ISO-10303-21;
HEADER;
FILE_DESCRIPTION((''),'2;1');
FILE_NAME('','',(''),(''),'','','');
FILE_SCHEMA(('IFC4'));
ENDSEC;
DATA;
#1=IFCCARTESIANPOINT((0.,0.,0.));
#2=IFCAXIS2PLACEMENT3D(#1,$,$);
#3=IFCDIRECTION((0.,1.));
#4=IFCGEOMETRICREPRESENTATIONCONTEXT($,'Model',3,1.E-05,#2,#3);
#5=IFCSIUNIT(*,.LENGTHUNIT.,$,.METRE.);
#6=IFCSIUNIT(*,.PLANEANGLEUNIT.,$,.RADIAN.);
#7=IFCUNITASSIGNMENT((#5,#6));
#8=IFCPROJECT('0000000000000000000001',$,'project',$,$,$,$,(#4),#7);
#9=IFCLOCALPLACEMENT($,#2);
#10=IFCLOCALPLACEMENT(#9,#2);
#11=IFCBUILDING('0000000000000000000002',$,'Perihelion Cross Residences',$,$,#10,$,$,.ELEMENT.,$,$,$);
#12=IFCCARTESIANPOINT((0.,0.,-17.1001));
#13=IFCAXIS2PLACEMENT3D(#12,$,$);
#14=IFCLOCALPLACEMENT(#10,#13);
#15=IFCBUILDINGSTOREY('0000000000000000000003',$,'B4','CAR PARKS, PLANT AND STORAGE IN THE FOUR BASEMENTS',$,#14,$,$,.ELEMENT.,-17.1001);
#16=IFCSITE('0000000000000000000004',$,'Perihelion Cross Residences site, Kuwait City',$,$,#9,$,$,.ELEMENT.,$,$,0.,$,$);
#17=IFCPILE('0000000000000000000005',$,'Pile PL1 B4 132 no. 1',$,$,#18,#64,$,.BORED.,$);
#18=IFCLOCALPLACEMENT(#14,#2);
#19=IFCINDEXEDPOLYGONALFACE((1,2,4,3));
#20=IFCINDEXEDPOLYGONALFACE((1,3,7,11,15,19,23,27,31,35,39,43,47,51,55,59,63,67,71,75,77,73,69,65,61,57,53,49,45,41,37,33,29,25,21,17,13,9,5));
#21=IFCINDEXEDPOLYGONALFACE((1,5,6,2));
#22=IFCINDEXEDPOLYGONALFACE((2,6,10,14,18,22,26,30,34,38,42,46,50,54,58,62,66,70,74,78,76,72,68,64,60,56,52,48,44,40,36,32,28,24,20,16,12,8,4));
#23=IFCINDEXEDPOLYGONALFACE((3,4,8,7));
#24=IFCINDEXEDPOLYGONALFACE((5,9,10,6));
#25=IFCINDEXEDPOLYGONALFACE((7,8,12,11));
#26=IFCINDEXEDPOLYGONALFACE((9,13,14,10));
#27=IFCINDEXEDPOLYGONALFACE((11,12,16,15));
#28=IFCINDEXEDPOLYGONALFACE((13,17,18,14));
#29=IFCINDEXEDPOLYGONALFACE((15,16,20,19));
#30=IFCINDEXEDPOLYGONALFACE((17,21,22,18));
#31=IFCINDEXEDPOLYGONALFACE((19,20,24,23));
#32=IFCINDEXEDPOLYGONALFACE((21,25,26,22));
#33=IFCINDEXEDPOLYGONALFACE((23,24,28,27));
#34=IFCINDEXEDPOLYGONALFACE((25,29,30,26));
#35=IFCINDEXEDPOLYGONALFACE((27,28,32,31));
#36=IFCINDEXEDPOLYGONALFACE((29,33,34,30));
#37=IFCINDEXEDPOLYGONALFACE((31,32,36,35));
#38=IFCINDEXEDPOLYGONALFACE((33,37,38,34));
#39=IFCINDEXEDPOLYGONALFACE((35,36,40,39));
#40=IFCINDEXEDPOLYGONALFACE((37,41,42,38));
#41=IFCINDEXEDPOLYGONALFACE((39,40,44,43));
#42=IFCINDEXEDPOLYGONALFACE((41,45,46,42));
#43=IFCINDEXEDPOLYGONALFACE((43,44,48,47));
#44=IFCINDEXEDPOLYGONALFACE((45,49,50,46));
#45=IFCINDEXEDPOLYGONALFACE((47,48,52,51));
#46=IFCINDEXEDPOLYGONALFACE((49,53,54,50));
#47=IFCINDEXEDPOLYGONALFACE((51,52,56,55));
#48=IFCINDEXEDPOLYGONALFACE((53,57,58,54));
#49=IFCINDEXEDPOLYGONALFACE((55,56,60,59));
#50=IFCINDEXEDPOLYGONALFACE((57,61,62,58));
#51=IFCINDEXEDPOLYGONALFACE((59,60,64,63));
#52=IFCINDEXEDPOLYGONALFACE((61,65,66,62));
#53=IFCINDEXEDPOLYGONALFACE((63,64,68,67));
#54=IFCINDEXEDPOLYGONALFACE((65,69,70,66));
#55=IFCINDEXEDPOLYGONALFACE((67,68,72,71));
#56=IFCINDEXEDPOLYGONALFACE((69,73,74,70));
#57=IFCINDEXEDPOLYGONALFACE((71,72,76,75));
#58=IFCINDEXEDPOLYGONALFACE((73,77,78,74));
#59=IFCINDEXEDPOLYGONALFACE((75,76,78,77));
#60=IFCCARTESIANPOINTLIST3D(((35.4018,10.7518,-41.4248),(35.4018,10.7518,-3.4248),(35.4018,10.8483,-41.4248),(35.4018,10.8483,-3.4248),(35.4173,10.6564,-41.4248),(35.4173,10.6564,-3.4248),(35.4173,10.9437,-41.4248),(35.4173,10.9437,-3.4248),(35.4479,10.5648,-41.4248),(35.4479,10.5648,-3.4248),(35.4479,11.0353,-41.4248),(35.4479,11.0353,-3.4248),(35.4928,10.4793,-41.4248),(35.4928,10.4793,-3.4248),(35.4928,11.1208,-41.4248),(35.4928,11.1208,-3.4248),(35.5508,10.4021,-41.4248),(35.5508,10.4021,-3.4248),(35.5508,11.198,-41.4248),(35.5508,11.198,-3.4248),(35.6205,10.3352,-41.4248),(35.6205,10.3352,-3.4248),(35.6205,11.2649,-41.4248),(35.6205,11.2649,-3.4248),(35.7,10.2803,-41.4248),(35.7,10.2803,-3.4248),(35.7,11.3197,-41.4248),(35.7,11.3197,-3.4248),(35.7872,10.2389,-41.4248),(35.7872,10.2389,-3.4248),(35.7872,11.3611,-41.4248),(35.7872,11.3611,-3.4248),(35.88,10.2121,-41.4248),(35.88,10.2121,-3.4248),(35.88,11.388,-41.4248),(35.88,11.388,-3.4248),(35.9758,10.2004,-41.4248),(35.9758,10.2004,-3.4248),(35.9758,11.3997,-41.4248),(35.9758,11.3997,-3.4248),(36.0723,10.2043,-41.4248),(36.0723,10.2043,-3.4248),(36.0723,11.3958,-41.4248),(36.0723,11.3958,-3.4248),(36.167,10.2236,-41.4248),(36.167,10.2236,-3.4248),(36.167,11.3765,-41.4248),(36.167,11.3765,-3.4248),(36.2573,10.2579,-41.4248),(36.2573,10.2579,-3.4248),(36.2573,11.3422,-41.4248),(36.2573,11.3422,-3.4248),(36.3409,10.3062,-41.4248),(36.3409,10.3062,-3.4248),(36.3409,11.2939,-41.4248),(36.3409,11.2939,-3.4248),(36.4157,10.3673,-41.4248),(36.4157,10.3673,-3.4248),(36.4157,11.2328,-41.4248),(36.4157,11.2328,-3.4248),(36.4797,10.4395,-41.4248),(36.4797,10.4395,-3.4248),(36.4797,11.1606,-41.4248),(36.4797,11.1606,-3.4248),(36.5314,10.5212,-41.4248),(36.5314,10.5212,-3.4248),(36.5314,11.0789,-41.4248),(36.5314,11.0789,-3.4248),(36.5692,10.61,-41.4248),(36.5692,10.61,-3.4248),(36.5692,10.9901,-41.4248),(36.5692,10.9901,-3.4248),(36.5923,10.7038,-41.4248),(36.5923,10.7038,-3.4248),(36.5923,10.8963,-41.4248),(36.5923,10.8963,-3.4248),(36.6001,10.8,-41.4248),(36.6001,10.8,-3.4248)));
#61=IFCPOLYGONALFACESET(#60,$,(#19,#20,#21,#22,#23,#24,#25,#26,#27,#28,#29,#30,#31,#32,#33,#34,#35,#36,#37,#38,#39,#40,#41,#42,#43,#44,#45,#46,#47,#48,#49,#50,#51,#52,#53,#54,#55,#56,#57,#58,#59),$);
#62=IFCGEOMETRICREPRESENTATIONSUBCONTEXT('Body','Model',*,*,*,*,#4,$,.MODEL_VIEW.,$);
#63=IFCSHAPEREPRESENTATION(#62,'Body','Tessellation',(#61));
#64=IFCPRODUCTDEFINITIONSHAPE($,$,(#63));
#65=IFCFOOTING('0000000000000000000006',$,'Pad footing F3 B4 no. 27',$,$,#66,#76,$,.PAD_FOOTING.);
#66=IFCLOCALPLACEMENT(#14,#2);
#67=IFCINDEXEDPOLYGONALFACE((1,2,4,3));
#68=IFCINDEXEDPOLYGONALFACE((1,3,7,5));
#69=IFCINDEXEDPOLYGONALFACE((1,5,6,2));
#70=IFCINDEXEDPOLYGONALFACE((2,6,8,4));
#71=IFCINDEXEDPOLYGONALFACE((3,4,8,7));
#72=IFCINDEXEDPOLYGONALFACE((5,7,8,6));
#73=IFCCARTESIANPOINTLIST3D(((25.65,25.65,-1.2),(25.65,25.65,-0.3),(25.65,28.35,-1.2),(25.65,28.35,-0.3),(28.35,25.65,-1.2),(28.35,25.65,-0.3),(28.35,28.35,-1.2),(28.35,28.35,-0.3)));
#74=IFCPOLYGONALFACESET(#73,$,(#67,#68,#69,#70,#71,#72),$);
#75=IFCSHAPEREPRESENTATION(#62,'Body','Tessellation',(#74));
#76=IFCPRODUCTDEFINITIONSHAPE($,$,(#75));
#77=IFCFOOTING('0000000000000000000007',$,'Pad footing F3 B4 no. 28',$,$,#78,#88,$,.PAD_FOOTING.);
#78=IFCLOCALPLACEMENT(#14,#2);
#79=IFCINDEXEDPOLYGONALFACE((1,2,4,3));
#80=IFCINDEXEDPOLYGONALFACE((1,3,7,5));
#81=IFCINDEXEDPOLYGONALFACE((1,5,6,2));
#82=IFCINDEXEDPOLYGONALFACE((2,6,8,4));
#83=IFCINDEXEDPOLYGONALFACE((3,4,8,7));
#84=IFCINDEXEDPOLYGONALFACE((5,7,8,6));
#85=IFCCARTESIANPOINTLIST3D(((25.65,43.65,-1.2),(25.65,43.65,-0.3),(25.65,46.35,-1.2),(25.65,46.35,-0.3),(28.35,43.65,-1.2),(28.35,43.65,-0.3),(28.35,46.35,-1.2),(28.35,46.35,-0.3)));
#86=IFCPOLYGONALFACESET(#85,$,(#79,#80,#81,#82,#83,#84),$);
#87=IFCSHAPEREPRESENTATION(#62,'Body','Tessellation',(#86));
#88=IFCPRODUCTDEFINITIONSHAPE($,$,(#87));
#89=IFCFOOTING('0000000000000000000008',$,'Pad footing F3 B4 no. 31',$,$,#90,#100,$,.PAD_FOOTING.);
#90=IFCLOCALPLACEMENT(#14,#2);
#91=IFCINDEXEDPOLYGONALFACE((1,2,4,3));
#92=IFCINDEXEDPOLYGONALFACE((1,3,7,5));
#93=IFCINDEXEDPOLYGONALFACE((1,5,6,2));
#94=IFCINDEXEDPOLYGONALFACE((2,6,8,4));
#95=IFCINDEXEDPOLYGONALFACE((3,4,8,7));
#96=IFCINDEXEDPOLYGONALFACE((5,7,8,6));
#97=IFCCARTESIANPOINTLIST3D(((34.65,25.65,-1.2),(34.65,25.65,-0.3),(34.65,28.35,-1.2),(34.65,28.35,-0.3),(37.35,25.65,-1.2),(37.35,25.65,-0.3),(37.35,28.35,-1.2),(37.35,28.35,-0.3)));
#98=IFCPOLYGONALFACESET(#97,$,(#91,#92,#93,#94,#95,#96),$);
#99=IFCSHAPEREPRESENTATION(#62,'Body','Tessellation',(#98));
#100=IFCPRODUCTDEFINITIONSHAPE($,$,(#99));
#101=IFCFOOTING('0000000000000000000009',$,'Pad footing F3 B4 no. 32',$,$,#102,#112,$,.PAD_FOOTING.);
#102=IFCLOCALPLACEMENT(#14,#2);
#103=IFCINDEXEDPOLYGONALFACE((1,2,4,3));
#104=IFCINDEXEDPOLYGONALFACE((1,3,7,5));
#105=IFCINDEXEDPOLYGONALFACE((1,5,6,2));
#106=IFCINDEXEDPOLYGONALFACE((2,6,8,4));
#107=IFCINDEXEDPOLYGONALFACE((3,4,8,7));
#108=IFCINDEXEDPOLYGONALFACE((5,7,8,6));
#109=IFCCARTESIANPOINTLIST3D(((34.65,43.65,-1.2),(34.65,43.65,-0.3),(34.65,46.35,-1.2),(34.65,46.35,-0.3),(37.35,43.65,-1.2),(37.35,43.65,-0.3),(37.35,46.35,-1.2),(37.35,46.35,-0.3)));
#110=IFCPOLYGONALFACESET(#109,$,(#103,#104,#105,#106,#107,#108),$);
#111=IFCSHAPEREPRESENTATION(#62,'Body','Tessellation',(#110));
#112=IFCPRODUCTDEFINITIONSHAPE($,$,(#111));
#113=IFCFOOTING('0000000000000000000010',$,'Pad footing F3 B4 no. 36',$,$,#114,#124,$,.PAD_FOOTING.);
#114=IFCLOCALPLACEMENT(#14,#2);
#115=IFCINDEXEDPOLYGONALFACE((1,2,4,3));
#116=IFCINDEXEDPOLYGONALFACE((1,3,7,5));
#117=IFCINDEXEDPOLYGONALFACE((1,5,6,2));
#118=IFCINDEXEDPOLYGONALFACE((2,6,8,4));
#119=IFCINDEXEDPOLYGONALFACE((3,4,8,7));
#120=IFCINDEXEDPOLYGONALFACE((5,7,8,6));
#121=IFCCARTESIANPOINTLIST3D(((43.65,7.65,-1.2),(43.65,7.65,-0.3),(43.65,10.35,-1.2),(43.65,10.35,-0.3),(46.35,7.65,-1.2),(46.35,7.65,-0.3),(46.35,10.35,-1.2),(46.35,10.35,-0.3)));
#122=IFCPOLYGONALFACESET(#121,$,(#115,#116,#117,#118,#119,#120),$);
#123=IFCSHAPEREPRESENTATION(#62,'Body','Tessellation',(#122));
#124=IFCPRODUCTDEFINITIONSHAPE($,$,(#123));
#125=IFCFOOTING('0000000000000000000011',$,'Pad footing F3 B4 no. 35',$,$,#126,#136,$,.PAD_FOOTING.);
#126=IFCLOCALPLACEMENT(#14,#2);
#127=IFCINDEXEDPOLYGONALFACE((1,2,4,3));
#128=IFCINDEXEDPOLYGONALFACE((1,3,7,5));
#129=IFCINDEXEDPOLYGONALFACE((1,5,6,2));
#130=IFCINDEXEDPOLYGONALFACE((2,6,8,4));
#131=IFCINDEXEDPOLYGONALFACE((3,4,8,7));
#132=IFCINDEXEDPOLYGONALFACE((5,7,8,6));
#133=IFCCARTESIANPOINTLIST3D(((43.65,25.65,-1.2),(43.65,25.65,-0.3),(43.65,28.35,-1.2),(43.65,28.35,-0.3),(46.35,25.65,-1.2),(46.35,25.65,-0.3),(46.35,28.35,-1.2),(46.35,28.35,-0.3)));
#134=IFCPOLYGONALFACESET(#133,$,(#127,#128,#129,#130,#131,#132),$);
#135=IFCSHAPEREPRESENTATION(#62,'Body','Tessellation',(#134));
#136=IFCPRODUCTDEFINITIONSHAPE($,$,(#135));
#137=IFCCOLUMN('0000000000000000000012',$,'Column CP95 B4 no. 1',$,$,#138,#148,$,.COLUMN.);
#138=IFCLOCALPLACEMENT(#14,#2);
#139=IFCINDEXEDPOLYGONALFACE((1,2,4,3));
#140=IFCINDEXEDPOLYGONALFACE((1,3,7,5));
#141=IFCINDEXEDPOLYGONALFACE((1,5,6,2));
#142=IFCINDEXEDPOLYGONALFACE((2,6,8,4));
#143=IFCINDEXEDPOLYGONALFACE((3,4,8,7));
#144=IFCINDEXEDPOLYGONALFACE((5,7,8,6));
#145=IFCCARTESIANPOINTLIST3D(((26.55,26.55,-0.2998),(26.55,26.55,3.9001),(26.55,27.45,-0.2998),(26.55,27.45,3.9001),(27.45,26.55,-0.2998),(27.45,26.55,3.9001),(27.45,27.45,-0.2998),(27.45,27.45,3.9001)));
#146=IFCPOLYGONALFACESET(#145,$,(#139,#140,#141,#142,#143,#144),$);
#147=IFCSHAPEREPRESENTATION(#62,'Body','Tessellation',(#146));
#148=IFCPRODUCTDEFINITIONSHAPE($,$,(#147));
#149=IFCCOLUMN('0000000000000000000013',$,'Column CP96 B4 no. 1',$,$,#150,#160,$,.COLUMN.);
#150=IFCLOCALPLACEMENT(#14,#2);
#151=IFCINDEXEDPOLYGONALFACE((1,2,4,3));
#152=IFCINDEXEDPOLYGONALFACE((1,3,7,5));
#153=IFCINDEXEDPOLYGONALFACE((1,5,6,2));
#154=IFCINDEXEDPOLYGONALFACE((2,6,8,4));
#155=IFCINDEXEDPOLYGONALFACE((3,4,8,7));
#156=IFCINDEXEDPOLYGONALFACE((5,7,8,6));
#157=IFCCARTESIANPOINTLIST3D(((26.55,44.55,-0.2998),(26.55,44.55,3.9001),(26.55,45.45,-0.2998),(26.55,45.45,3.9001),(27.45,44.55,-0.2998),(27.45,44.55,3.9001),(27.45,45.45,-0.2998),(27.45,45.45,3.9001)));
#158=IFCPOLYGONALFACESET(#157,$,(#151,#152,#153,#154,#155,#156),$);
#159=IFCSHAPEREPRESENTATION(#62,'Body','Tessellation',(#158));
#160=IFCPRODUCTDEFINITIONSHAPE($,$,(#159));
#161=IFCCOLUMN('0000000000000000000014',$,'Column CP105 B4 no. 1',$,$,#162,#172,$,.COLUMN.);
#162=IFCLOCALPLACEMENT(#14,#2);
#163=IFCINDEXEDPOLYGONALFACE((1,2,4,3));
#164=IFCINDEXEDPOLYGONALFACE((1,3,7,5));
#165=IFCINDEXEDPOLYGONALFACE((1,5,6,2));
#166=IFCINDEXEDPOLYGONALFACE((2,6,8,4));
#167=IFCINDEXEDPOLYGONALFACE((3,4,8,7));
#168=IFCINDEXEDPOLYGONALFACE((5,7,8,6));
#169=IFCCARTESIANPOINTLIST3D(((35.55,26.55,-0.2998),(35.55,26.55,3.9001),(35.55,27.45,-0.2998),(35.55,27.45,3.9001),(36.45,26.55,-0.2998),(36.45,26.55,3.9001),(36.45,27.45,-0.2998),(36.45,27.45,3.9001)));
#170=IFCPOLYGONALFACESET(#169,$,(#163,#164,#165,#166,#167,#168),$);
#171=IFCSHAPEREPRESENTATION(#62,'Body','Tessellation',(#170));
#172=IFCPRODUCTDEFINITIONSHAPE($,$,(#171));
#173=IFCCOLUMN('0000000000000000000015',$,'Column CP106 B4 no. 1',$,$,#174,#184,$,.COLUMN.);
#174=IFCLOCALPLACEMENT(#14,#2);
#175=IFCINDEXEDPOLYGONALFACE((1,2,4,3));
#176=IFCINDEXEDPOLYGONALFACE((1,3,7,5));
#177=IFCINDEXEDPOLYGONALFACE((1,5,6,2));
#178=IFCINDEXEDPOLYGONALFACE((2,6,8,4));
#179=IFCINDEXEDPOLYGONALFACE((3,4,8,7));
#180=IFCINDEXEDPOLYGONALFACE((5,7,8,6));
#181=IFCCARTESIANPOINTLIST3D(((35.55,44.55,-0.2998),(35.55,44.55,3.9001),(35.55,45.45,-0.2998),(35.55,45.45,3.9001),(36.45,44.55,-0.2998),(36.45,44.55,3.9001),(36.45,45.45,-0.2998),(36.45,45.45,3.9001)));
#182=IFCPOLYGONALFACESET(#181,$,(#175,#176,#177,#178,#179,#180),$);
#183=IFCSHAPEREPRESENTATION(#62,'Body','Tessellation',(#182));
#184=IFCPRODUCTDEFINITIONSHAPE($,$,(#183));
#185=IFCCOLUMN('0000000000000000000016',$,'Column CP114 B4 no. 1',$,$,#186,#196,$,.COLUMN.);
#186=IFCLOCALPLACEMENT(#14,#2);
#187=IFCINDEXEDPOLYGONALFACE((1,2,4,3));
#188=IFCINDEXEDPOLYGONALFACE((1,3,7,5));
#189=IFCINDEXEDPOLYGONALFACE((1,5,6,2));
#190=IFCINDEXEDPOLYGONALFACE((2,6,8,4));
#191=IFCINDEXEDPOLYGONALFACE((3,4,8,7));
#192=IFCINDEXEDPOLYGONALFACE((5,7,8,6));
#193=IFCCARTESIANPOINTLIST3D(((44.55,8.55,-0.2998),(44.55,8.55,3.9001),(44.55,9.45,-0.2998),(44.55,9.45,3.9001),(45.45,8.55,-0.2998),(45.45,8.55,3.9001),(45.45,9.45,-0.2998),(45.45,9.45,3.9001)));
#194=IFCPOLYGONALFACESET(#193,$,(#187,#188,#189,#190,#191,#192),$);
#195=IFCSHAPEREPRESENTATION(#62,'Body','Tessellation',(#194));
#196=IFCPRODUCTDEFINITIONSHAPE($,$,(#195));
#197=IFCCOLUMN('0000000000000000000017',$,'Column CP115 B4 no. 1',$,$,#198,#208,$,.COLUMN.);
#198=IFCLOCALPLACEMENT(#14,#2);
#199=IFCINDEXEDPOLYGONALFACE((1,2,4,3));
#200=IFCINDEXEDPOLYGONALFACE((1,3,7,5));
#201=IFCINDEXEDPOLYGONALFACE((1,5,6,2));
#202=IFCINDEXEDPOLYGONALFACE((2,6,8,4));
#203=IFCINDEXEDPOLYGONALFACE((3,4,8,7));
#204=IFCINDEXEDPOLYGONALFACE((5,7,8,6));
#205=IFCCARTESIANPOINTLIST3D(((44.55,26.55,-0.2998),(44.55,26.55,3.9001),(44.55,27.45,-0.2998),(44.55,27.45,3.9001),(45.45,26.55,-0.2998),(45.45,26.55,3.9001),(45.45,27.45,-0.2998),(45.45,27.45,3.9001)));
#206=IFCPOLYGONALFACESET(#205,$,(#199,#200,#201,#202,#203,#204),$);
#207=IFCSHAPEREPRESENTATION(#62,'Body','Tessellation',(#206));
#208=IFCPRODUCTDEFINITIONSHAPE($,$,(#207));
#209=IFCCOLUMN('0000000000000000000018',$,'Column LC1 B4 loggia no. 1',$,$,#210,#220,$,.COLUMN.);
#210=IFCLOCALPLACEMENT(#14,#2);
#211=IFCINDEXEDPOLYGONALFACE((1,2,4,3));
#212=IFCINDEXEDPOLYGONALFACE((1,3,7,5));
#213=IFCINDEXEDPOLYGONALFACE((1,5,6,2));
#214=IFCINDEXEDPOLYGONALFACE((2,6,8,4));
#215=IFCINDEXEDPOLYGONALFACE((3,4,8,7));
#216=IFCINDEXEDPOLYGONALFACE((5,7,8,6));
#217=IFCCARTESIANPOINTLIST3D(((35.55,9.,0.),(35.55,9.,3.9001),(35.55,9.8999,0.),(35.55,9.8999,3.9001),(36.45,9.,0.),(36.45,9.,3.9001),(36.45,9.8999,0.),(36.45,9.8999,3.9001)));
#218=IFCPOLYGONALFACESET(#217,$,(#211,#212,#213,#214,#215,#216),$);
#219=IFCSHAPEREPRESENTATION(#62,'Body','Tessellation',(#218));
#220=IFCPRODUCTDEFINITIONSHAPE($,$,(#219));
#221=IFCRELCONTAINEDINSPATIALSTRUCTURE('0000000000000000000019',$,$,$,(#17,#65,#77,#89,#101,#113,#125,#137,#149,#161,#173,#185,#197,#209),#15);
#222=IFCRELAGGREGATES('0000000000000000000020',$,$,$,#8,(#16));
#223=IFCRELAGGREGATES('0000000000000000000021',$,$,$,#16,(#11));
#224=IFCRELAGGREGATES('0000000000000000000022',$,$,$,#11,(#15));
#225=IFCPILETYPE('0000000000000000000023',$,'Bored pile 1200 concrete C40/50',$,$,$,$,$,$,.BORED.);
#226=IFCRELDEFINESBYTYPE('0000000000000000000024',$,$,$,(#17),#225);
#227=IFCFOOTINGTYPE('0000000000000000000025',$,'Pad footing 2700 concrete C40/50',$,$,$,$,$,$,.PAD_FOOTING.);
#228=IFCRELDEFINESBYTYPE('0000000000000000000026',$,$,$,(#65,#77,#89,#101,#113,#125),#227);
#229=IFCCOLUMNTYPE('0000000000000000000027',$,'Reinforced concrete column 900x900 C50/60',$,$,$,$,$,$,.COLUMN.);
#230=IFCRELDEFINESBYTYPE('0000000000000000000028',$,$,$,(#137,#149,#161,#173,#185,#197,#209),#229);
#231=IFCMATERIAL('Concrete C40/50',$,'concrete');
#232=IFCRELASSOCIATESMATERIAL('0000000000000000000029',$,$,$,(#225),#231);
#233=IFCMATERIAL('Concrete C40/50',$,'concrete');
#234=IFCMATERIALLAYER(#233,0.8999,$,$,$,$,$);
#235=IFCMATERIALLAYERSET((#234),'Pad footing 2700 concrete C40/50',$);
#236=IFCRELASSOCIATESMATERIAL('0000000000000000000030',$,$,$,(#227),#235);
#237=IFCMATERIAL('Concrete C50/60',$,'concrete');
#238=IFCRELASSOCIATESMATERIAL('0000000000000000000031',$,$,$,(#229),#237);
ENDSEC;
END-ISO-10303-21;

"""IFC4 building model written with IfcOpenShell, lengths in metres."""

from ifc_helpers import new_model, si_unit, direction, frame, origin, origin_2d, place, context, subcontext, project, spatial, rectangle, circle, extrude, material, layer, layer_set, material_profile, profile_set, type_object, element, save


model = new_model("IFC4")

# Units and contexts
model_context = context("Model", 3, precision=1e-05, world=origin(), true_north=direction((0.0, 1.0)))
body_context = subcontext(model_context, "Body", "Model", "MODEL_VIEW")
ifc_project = project(units=[si_unit("LENGTHUNIT", "METRE"), si_unit("PLANEANGLEUNIT", "RADIAN")], contexts=[model_context])

# Site, building, storey
site_placement = place(None, origin())
site = spatial("IfcSite", under=ifc_project, at=site_placement, Name="Perihelion Cross Residences site, Kuwait City", CompositionType="ELEMENT", RefElevation=0.0)
building_placement = place(site_placement, origin())
building = spatial("IfcBuilding", under=site, at=building_placement, Name="Perihelion Cross Residences", CompositionType="ELEMENT")
storey_placement = place(building_placement, frame((0.0, 0.0, -17.1001)))
storey = spatial("IfcBuildingStorey", under=building, at=storey_placement, Name="B4", Description="CAR PARKS, PLANT AND STORAGE IN THE FOUR BASEMENTS", CompositionType="ELEMENT", Elevation=-17.1001)

# Pile
ifc_material_1 = material(Name="Concrete C40/50", Category="concrete")
pile_type = type_object("IfcPileType", Name="Bored pile 1200 concrete C40/50", PredefinedType="BORED", material=ifc_material_1)
for number, where, z_axis, x_axis, name in (
    (1, (36.0, 10.8, -3.4248), (0.0, 0.0, -1.0), (1.0, 0.0, 0.0), "Pile PL1 B4 132 no. 1"),
):
    element("IfcPile", number, at=place(storey_placement, frame(where, z_axis=z_axis, x_axis=x_axis)), inside=storey, type_object=pile_type, Name=name, PredefinedType="BORED", context=body_context, shape_type="SweptSolid", body=[
        extrude(circle(Radius=0.6001, at=origin_2d()), origin(), (0.0, 0.0, 1.0), 38.0),
    ])

# Footings
ifc_material_2 = material(Name="Concrete C40/50", Category="concrete")
ifc_layer_1 = layer(ifc_material_2, 0.8999)
ifc_layer_set_1 = layer_set([ifc_layer_1], Name="Pad footing 2700 concrete C40/50")
footing_type = type_object("IfcFootingType", Name="Pad footing 2700 concrete C40/50", PredefinedType="PAD_FOOTING", material=ifc_layer_set_1)
for number, where, z_axis, x_axis, name in (
    (2, (27.0, 27.0, -1.2), (0.0, 0.0, 1.0), (1.0, 0.0, 0.0), "Pad footing F3 B4 no. 27"),
    (3, (27.0, 45.0, -1.2), (0.0, 0.0, 1.0), (1.0, 0.0, 0.0), "Pad footing F3 B4 no. 28"),
    (4, (36.0, 27.0, -1.2), (0.0, 0.0, 1.0), (1.0, 0.0, 0.0), "Pad footing F3 B4 no. 31"),
    (5, (36.0, 45.0, -1.2), (0.0, 0.0, 1.0), (1.0, 0.0, 0.0), "Pad footing F3 B4 no. 32"),
    (6, (45.0, 9.0, -1.2), (0.0, 0.0, 1.0), (1.0, 0.0, 0.0), "Pad footing F3 B4 no. 36"),
    (7, (45.0, 27.0, -1.2), (0.0, 0.0, 1.0), (1.0, 0.0, 0.0), "Pad footing F3 B4 no. 35"),
):
    element("IfcFooting", number, at=place(storey_placement, frame(where, z_axis=z_axis, x_axis=x_axis)), inside=storey, type_object=footing_type, Name=name, PredefinedType="PAD_FOOTING", context=body_context, shape_type="SweptSolid", body=[
        extrude(rectangle(XDim=2.7, YDim=2.7, at=origin_2d()), origin(), (0.0, 0.0, 1.0), 0.8999),
    ])

# Columns
ifc_material_3 = material(Name="Concrete C50/60", Category="concrete")
ifc_material_profile = material_profile(ifc_material_3, rectangle(XDim=0.8999, YDim=0.8999, at=origin_2d()), Name="RC 900x900")
ifc_profile_set = profile_set([ifc_material_profile], Name="Concrete C50/60")
column_type = type_object("IfcColumnType", Name="Reinforced concrete column 900x900 C50/60", PredefinedType="COLUMN", material=ifc_profile_set)
for number, where, z_axis, x_axis, name in (
    (8, (27.0, 27.0, -0.2998), (0.0, 0.0, 1.0), (1.0, 0.0, 0.0), "Column CP95 B4 no. 1"),
    (9, (27.0, 45.0, -0.2998), (0.0, 0.0, 1.0), (1.0, 0.0, 0.0), "Column CP96 B4 no. 1"),
    (10, (36.0, 27.0, -0.2998), (0.0, 0.0, 1.0), (1.0, 0.0, 0.0), "Column CP105 B4 no. 1"),
    (11, (36.0, 45.0, -0.2998), (0.0, 0.0, 1.0), (1.0, 0.0, 0.0), "Column CP106 B4 no. 1"),
    (12, (45.0, 9.0, -0.2998), (0.0, 0.0, 1.0), (1.0, 0.0, 0.0), "Column CP114 B4 no. 1"),
    (13, (45.0, 27.0, -0.2998), (0.0, 0.0, 1.0), (1.0, 0.0, 0.0), "Column CP115 B4 no. 1"),
):
    element("IfcColumn", number, at=place(storey_placement, frame(where, z_axis=z_axis, x_axis=x_axis)), inside=storey, type_object=column_type, Name=name, PredefinedType="COLUMN", context=body_context, shape_type="SweptSolid", body=[
        extrude(rectangle(XDim=0.8999, YDim=0.8999, at=origin_2d()), origin(), (0.0, 0.0, 1.0), 4.2),
    ])
column_placement = place(storey_placement, frame((36.0, 9.45, 0.0), z_axis=(0.0, 0.0, 1.0), x_axis=(1.0, 0.0, 0.0)))
element("IfcColumn", 14, at=column_placement, inside=storey, type_object=column_type, Name="Column LC1 B4 loggia no. 1", PredefinedType="COLUMN", context=body_context, shape_type="SweptSolid", body=[
    extrude(rectangle(XDim=0.8999, YDim=0.8999, at=origin_2d()), origin(), (0.0, 0.0, 1.0), 3.9001),
])

save(model, "model.ifc")
